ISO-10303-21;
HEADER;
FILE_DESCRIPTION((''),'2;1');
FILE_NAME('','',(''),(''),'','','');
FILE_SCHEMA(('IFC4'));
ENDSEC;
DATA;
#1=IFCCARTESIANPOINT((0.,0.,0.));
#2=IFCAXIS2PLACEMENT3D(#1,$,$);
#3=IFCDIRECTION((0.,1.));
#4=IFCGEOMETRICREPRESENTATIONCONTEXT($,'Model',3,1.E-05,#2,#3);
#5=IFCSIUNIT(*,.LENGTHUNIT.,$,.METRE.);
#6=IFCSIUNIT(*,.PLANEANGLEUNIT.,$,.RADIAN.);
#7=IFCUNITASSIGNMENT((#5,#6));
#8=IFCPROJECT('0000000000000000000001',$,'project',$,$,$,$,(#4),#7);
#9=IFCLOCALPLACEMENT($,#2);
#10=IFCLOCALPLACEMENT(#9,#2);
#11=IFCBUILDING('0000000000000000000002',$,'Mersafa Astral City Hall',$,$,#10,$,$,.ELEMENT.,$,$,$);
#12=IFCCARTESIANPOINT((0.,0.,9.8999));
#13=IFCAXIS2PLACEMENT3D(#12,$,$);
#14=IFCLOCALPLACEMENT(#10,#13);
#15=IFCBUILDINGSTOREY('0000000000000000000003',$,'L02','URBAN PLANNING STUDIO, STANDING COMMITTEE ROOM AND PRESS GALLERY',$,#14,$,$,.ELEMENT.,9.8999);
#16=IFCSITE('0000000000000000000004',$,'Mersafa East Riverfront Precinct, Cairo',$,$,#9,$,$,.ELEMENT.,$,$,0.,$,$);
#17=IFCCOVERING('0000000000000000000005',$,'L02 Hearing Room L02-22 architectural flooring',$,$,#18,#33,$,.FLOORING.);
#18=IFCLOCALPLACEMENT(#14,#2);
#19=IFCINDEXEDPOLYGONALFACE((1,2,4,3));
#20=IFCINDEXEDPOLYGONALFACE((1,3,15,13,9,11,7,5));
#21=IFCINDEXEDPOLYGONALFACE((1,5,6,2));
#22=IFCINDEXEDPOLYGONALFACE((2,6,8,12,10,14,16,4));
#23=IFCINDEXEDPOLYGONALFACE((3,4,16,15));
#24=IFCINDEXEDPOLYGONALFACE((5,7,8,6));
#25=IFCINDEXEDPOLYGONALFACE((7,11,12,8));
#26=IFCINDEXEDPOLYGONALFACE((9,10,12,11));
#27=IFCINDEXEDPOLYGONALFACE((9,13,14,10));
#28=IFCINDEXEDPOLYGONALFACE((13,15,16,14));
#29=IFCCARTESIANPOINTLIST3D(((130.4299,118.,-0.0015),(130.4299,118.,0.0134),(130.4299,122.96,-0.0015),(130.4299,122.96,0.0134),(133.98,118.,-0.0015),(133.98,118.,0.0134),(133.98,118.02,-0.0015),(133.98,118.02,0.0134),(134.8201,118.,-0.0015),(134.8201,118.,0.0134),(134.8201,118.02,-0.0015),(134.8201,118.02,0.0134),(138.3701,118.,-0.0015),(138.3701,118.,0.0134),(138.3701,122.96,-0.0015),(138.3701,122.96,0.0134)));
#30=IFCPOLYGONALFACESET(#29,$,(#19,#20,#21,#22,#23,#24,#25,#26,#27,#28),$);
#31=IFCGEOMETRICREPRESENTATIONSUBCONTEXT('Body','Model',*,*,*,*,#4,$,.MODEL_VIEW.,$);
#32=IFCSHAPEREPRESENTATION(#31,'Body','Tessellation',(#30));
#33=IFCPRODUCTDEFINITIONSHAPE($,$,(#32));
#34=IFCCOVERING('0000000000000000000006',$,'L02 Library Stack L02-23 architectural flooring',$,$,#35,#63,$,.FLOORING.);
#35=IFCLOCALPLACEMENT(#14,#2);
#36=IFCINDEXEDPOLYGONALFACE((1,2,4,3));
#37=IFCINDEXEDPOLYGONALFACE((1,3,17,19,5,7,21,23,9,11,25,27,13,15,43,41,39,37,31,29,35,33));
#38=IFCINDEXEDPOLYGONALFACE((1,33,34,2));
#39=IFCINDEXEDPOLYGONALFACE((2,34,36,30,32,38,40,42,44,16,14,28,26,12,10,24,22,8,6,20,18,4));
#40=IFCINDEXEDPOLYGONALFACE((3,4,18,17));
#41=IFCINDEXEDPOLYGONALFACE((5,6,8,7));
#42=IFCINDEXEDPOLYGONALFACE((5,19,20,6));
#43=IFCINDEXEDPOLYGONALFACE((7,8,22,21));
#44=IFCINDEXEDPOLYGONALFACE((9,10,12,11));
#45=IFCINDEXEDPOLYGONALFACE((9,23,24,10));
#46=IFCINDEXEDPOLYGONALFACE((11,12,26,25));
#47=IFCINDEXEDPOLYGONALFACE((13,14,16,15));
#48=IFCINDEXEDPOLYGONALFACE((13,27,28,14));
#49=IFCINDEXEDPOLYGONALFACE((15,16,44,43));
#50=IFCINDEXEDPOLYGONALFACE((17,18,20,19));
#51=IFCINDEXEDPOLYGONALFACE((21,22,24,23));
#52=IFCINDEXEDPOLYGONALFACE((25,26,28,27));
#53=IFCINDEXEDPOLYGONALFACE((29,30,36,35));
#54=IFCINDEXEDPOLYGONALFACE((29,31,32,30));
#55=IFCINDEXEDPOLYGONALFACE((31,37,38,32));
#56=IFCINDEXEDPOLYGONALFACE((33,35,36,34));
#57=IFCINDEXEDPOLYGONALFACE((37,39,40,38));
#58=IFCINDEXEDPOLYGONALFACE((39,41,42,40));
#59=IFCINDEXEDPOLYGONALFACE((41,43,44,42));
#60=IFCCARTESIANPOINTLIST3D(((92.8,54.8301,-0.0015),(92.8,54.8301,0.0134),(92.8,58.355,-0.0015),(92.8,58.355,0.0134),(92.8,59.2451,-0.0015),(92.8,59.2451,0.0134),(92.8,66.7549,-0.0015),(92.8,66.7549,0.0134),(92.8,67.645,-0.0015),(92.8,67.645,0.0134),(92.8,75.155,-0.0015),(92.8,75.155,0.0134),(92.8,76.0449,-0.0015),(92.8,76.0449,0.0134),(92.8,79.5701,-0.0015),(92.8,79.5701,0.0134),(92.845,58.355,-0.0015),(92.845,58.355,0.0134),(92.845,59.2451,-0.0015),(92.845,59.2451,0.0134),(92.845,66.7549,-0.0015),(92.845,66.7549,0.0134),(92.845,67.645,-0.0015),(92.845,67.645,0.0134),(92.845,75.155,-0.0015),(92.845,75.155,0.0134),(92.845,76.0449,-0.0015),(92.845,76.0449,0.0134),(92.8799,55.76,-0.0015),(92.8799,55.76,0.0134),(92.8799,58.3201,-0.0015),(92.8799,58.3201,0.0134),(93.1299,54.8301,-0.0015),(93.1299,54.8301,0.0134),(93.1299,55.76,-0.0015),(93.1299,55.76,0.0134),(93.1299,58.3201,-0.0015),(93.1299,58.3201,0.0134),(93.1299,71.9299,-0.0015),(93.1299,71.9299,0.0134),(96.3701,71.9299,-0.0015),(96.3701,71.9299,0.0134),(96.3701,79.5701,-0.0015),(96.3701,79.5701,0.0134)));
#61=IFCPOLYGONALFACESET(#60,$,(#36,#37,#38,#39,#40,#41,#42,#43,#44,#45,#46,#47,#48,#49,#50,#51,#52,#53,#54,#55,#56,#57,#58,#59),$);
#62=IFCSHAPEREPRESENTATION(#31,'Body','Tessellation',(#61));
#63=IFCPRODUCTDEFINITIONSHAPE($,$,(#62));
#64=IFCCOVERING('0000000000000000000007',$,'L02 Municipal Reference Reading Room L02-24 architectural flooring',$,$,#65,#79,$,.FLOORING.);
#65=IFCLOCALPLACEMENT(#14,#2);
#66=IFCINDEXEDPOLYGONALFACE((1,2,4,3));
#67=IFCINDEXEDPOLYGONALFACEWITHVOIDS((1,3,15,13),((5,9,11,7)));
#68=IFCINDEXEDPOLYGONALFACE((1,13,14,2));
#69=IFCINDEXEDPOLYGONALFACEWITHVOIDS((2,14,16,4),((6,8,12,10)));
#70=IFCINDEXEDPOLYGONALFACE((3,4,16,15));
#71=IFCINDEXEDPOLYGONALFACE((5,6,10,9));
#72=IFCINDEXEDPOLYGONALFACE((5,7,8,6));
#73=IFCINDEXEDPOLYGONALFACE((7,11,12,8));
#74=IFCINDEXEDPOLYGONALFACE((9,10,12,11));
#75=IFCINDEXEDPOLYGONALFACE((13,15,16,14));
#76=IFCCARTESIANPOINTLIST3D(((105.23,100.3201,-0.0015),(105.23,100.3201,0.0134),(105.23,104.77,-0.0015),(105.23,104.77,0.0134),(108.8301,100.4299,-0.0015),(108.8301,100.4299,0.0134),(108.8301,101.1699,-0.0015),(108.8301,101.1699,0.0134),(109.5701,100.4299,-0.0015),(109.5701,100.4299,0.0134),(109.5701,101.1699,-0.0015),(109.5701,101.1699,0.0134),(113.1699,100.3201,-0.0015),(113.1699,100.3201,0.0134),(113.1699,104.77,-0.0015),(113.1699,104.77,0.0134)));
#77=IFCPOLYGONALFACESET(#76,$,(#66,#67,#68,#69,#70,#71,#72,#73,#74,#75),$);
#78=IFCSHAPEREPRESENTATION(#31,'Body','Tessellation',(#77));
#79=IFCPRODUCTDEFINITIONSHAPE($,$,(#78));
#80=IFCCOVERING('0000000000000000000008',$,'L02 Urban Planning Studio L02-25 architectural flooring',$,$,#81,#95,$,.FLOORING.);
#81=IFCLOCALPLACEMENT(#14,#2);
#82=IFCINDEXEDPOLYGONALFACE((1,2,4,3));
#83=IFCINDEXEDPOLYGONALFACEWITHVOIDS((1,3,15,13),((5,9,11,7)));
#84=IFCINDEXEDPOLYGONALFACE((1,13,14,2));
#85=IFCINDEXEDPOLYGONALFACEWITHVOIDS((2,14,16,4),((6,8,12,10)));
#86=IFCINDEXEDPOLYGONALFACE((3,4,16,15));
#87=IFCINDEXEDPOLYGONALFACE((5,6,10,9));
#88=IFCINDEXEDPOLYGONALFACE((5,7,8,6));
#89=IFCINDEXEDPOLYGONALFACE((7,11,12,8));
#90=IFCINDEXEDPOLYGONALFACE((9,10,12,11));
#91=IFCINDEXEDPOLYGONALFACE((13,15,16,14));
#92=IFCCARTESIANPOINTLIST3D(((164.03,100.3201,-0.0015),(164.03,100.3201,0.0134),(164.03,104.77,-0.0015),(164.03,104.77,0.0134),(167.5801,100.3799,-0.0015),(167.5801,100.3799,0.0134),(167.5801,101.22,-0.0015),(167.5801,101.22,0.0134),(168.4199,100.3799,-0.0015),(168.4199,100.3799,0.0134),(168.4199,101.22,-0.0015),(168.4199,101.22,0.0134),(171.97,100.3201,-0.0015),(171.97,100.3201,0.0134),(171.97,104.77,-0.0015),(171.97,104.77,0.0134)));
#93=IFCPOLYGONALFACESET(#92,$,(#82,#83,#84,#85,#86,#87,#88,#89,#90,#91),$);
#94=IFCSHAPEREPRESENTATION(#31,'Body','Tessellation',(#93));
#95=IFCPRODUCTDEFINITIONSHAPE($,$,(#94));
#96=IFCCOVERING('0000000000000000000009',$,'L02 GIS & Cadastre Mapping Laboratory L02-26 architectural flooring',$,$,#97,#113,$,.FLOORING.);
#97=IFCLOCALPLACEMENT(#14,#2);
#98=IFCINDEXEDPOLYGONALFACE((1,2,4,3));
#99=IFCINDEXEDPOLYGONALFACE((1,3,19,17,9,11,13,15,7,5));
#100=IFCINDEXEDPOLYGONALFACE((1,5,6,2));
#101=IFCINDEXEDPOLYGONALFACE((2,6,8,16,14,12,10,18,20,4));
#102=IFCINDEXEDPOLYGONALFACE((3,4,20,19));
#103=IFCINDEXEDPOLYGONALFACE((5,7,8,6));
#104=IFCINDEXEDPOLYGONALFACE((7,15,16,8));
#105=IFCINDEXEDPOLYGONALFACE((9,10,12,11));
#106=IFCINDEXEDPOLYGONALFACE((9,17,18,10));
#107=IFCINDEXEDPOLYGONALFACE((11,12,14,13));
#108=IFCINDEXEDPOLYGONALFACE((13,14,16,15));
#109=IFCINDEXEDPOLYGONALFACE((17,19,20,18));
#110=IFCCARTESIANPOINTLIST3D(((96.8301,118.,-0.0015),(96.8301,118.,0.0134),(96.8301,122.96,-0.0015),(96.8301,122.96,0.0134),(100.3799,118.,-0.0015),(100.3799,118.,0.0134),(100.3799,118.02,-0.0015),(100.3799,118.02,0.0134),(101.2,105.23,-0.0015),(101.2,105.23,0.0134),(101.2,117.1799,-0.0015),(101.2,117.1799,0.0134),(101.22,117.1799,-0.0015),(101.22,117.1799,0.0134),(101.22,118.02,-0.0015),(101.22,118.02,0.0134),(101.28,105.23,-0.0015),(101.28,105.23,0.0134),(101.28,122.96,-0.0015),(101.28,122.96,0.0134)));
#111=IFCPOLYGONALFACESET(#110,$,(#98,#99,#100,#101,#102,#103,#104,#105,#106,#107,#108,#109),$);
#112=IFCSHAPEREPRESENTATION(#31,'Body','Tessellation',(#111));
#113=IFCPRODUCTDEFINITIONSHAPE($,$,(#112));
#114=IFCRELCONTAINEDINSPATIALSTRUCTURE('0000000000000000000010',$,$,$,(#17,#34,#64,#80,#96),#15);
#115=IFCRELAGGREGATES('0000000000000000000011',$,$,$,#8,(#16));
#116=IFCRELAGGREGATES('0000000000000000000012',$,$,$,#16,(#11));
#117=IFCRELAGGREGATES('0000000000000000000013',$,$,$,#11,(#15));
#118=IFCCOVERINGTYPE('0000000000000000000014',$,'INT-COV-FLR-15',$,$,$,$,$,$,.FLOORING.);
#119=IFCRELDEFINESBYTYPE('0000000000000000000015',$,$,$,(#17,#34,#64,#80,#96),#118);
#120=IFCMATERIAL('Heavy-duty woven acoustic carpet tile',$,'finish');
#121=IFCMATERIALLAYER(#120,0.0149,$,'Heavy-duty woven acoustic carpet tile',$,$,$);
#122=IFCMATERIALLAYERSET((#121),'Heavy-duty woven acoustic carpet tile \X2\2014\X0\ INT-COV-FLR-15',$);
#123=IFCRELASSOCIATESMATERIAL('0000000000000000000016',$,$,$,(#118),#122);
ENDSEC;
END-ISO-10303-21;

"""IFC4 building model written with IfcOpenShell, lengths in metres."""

from ifc_helpers import new_model, si_unit, direction, frame, origin, place, context, subcontext, project, spatial, polyline, outline, extrude, material, layer, layer_set, type_object, element, save


model = new_model("IFC4")

# Units and contexts
model_context = context("Model", 3, precision=1e-05, world=origin(), true_north=direction((0.0, 1.0)))
body_context = subcontext(model_context, "Body", "Model", "MODEL_VIEW")
ifc_project = project(units=[si_unit("LENGTHUNIT", "METRE"), si_unit("PLANEANGLEUNIT", "RADIAN")], contexts=[model_context])

# Site, building, storey
site_placement = place(None, origin())
site = spatial("IfcSite", under=ifc_project, at=site_placement, Name="Mersafa East Riverfront Precinct, Cairo", CompositionType="ELEMENT", RefElevation=0.0)
building_placement = place(site_placement, origin())
building = spatial("IfcBuilding", under=site, at=building_placement, Name="Mersafa Astral City Hall", CompositionType="ELEMENT")
storey_placement = place(building_placement, frame((0.0, 0.0, 9.8999)))
storey = spatial("IfcBuildingStorey", under=building, at=storey_placement, Name="L02", Description="URBAN PLANNING STUDIO, STANDING COMMITTEE ROOM AND PRESS GALLERY", CompositionType="ELEMENT", Elevation=9.8999)

# Coverings
ifc_material_1 = material(Name="Heavy-duty woven acoustic carpet tile", Category="finish")
ifc_layer_1 = layer(ifc_material_1, 0.0149, Name="Heavy-duty woven acoustic carpet tile")
ifc_layer_set_1 = layer_set([ifc_layer_1], Name="Heavy-duty woven acoustic carpet tile — INT-COV-FLR-15")
covering_type_1 = type_object("IfcCoveringType", Name="INT-COV-FLR-15", PredefinedType="FLOORING", material=ifc_layer_set_1)
covering_1_placement = place(storey_placement, frame((0.0, 0.0, -0.0015)))
element("IfcCovering", 1, at=covering_1_placement, inside=storey, type_object=covering_type_1, Name="L02 Hearing Room L02-22 architectural flooring", PredefinedType="FLOORING", context=body_context, shape_type="SweptSolid", body=[
    extrude(outline(polyline([(130.4299, 118.0), (130.4299, 122.96), (138.3701, 122.96), (138.3701, 118.0), (134.8201, 118.0), (134.8201, 118.02), (133.98, 118.02), (133.98, 118.0), (130.4299, 118.0)])), origin(), (0.0, 0.0, 1.0), 0.0149),
])
covering_2_placement = place(storey_placement, frame((0.0, 0.0, -0.0015)))
element("IfcCovering", 2, at=covering_2_placement, inside=storey, type_object=covering_type_1, Name="L02 Library Stack L02-23 architectural flooring", PredefinedType="FLOORING", context=body_context, shape_type="SweptSolid", body=[
    extrude(outline(polyline([(92.845, 58.355), (92.845, 59.2451), (92.8, 59.2451), (92.8, 66.7549), (92.845, 66.7549), (92.845, 67.645), (92.8, 67.645), (92.8, 75.155), (92.845, 75.155), (92.845, 76.0449), (92.8, 76.0449), (92.8, 79.5701), (96.3701, 79.5701), (96.3701, 71.9299), (93.1299, 71.9299), (93.1299, 58.3201), (92.8799, 58.3201), (92.8799, 55.76), (93.1299, 55.76), (93.1299, 54.8301), (92.8, 54.8301), (92.8, 58.355), (92.845, 58.355)])), origin(), (0.0, 0.0, 1.0), 0.0149),
])
covering_3_placement = place(storey_placement, frame((0.0, 0.0, -0.0015)))
element("IfcCovering", 3, at=covering_3_placement, inside=storey, type_object=covering_type_1, Name="L02 Municipal Reference Reading Room L02-24 architectural flooring", PredefinedType="FLOORING", context=body_context, shape_type="SweptSolid", body=[
    extrude(outline(polyline([(113.1699, 104.77), (113.1699, 100.3201), (105.23, 100.3201), (105.23, 104.77), (113.1699, 104.77)]), holes=[polyline([(109.5701, 100.4299), (109.5701, 101.1699), (108.8301, 101.1699), (108.8301, 100.4299), (109.5701, 100.4299)])]), origin(), (0.0, 0.0, 1.0), 0.0149),
])
covering_4_placement = place(storey_placement, frame((0.0, 0.0, -0.0015)))
element("IfcCovering", 4, at=covering_4_placement, inside=storey, type_object=covering_type_1, Name="L02 Urban Planning Studio L02-25 architectural flooring", PredefinedType="FLOORING", context=body_context, shape_type="SweptSolid", body=[
    extrude(outline(polyline([(171.97, 104.77), (171.97, 100.3201), (164.03, 100.3201), (164.03, 104.77), (171.97, 104.77)]), holes=[polyline([(167.5801, 100.3799), (168.4199, 100.3799), (168.4199, 101.22), (167.5801, 101.22), (167.5801, 100.3799)])]), origin(), (0.0, 0.0, 1.0), 0.0149),
])
covering_5_placement = place(storey_placement, frame((0.0, 0.0, -0.0015)))
element("IfcCovering", 5, at=covering_5_placement, inside=storey, type_object=covering_type_1, Name="L02 GIS & Cadastre Mapping Laboratory L02-26 architectural flooring", PredefinedType="FLOORING", context=body_context, shape_type="SweptSolid", body=[
    extrude(outline(polyline([(96.8301, 122.96), (101.28, 122.96), (101.28, 105.23), (101.2, 105.23), (101.2, 117.1799), (101.22, 117.1799), (101.22, 118.02), (100.3799, 118.02), (100.3799, 118.0), (96.8301, 118.0), (96.8301, 122.96)])), origin(), (0.0, 0.0, 1.0), 0.0149),
])

save(model, "model.ifc")
